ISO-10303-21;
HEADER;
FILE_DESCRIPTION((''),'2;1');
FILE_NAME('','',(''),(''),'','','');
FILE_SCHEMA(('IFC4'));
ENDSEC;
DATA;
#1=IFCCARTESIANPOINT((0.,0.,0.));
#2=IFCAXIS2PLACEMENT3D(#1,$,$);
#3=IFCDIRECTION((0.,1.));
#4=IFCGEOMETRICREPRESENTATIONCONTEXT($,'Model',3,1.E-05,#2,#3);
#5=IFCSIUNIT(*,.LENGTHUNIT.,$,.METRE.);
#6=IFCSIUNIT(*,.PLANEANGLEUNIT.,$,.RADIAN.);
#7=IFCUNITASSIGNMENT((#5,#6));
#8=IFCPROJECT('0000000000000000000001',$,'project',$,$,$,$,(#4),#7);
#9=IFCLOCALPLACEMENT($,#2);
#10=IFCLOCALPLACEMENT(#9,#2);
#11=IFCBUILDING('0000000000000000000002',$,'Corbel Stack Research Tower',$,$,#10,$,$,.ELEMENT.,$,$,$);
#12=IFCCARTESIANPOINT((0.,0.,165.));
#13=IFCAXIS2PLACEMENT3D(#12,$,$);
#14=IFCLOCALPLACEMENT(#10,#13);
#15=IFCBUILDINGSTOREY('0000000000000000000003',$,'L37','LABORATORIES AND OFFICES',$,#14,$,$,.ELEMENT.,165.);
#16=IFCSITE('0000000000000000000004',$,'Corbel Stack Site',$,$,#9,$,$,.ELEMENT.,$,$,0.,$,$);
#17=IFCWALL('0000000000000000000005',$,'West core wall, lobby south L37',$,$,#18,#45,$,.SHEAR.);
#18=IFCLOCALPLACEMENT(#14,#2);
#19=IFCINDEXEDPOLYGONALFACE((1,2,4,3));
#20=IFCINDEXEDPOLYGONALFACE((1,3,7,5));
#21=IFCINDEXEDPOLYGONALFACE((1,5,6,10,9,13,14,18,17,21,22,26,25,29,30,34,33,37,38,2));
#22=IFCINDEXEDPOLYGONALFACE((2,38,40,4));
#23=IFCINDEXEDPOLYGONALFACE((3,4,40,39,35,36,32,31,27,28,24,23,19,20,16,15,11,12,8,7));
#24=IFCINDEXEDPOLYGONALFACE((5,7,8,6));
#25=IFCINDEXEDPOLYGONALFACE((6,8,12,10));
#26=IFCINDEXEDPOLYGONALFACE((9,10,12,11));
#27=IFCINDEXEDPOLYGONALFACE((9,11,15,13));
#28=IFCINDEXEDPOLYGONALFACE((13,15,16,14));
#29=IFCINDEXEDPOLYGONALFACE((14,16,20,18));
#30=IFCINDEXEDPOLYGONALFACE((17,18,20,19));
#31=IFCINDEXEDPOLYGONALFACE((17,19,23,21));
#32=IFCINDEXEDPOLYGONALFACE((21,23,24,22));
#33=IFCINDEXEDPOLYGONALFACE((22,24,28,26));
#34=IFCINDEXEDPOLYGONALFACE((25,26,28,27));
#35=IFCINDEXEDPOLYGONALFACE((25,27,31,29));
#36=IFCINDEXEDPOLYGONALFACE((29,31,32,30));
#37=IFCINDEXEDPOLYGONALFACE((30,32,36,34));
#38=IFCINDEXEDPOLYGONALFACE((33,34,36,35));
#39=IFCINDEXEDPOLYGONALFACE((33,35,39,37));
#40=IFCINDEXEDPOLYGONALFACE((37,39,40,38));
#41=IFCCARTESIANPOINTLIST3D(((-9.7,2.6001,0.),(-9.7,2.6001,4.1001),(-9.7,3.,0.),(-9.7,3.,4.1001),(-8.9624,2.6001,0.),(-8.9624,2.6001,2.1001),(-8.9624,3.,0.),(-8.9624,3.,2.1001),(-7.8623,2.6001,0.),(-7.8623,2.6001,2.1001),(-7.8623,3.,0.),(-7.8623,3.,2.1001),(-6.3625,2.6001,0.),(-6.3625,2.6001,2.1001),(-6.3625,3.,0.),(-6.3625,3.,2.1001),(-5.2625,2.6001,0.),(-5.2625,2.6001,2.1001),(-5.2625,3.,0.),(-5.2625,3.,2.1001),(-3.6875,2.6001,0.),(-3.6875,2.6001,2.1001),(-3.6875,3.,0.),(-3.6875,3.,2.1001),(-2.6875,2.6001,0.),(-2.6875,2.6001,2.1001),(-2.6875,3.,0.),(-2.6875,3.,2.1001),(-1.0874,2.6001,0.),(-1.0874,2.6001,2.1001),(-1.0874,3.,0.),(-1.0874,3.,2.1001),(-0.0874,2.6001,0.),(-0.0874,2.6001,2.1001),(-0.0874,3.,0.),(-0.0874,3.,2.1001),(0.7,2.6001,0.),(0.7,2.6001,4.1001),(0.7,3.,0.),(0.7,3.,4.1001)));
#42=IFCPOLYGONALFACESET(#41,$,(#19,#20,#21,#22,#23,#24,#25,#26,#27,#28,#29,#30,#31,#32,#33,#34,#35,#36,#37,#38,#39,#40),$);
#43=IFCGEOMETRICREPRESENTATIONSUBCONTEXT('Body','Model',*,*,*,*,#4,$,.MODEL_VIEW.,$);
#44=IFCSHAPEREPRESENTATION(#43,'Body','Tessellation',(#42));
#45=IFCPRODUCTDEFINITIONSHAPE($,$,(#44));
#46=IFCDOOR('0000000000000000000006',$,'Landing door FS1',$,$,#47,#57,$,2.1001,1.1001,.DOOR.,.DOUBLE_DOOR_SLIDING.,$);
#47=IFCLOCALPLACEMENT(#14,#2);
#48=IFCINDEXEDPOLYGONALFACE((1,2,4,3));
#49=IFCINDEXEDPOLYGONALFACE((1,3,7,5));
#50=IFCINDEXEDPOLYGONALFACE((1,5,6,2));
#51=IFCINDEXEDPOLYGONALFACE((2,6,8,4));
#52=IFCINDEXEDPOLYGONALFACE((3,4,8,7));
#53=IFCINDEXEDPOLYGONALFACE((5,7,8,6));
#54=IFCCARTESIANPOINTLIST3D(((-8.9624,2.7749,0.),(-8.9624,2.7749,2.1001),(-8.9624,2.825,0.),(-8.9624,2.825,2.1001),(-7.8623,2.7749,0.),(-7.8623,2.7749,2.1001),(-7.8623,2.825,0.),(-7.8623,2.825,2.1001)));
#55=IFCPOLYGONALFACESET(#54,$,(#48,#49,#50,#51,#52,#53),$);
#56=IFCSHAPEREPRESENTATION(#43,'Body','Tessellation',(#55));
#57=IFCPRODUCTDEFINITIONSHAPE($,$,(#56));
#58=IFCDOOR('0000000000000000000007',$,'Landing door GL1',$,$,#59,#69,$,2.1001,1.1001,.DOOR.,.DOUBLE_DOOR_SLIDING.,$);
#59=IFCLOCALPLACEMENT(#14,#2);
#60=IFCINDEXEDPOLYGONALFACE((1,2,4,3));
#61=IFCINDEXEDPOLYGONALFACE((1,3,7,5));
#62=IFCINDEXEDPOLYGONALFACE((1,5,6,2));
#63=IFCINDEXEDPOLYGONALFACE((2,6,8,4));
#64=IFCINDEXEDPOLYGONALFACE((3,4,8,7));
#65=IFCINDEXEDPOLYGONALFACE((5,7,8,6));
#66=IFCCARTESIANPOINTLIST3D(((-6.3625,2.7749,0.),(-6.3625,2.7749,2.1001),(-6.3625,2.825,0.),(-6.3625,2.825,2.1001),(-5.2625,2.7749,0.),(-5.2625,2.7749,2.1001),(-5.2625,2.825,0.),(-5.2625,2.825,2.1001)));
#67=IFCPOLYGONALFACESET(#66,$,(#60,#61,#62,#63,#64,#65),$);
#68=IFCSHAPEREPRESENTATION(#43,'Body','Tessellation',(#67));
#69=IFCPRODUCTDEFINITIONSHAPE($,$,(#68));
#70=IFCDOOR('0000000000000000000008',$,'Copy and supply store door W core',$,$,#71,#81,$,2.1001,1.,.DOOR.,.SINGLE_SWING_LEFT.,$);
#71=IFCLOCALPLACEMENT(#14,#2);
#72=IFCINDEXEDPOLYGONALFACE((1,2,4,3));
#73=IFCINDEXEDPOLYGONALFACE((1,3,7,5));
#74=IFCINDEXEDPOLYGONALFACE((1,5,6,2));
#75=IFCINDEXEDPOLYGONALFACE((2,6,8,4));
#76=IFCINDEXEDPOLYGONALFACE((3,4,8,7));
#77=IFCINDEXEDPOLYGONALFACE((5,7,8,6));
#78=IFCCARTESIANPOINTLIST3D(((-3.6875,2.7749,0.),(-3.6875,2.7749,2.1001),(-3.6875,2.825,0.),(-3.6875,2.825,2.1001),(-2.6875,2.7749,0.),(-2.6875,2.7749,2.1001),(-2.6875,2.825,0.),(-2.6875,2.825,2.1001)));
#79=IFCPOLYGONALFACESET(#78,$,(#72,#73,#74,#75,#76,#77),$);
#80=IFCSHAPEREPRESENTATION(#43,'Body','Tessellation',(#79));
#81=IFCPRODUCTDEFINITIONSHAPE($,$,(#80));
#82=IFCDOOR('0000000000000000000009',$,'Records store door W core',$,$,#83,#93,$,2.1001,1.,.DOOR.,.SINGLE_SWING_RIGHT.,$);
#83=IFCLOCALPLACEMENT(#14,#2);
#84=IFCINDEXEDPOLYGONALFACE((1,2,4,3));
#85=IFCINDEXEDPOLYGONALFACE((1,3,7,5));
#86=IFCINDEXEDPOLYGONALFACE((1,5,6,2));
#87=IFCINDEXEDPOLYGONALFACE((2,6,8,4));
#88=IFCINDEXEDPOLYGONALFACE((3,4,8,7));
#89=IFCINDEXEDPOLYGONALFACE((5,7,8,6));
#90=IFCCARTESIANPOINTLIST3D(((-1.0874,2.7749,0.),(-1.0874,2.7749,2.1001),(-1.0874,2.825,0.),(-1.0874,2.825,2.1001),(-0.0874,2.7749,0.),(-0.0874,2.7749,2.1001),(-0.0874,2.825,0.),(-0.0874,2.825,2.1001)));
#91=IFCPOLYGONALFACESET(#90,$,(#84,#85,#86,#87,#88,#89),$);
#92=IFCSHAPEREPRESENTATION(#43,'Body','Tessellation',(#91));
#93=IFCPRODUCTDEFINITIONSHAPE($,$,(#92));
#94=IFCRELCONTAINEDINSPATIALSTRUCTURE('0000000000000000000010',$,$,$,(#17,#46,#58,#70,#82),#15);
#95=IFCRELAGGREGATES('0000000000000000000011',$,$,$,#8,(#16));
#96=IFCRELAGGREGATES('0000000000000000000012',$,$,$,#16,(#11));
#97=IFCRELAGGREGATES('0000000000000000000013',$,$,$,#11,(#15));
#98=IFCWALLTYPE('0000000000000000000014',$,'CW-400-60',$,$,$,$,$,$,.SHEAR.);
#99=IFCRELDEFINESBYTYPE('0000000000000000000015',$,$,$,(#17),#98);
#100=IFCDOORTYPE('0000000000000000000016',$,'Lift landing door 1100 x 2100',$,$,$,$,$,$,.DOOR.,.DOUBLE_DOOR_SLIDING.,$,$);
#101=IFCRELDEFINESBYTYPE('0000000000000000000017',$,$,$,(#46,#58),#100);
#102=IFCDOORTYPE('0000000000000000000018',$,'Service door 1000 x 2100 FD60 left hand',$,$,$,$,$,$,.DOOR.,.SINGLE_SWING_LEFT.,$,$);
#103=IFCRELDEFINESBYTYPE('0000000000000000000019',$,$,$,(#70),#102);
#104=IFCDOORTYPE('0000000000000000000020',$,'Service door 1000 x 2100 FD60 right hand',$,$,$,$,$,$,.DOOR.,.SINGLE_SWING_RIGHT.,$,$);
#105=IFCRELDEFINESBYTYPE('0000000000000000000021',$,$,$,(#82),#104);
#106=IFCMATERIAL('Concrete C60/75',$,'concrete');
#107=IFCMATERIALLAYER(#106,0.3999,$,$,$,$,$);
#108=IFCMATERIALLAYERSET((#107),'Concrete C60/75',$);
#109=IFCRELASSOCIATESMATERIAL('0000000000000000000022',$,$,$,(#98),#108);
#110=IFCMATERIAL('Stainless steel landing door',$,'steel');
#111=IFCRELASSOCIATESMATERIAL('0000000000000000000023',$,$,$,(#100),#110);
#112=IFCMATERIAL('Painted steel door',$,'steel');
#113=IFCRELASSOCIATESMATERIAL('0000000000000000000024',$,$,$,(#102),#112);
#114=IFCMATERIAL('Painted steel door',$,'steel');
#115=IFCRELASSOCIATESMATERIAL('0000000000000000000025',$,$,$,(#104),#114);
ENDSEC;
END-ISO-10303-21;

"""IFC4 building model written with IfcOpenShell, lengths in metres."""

from ifc_helpers import new_model, si_unit, direction, frame, frame_2d, origin, place, context, subcontext, project, spatial, rectangle, extrude, material, layer, layer_set, type_object, element, fill, save


model = new_model("IFC4")

# Units and contexts
model_context = context("Model", 3, precision=1e-05, world=origin(), true_north=direction((0.0, 1.0)))
body_context = subcontext(model_context, "Body", "Model", "MODEL_VIEW")
ifc_project = project(units=[si_unit("LENGTHUNIT", "METRE"), si_unit("PLANEANGLEUNIT", "RADIAN")], contexts=[model_context])

# Site, building, storey
site_placement = place(None, origin())
site = spatial("IfcSite", under=ifc_project, at=site_placement, Name="Corbel Stack Site", CompositionType="ELEMENT", RefElevation=0.0)
building_placement = place(site_placement, origin())
building = spatial("IfcBuilding", under=site, at=building_placement, Name="Corbel Stack Research Tower", CompositionType="ELEMENT")
storey_placement = place(building_placement, frame((0.0, 0.0, 165.0)))
storey = spatial("IfcBuildingStorey", under=building, at=storey_placement, Name="L37", Description="LABORATORIES AND OFFICES", CompositionType="ELEMENT", Elevation=165.0)

# Wall, openings, doors
ifc_material_1 = material(Name="Concrete C60/75", Category="concrete")
ifc_layer_1 = layer(ifc_material_1, 0.3999)
ifc_layer_set_1 = layer_set([ifc_layer_1], Name="Concrete C60/75")
wall_type = type_object("IfcWallType", Name="CW-400-60", PredefinedType="SHEAR", material=ifc_layer_set_1)
wall_1_placement = place(storey_placement, frame((-9.7, 2.8, 0.0), z_axis=(0.0, 0.0, 1.0), x_axis=(1.0, 0.0, 0.0)))
wall_1 = element("IfcWall", 1, at=wall_1_placement, inside=storey, type_object=wall_type, Name="West core wall, lobby south L37", PredefinedType="SHEAR", context=body_context, shape_type="SweptSolid", body=[
    extrude(rectangle(XDim=10.3999, YDim=0.3999, at=frame_2d((5.2, 0.0))), origin(), (0.0, 0.0, 1.0), 4.1001),
])
opening_1_placement = place(wall_1_placement, frame((0.7375, 0.0, 0.0)))
opening_1 = element("IfcOpeningElement", 2, at=opening_1_placement, cuts=wall_1, PredefinedType="OPENING", context=body_context, shape_type="SweptSolid", body=[
    extrude(rectangle(XDim=1.1001, YDim=2.1001, at=frame_2d((0.55, 1.05))), frame((0.0, 0.21, 0.0), z_axis=(0.0, -1.0, 0.0), x_axis=(1.0, 0.0, 0.0)), (0.0, 0.0, 1.0), 0.4199),
])
opening_2_placement = place(wall_1_placement, frame((3.3374, 0.0, 0.0)))
opening_2 = element("IfcOpeningElement", 3, at=opening_2_placement, cuts=wall_1, PredefinedType="OPENING", context=body_context, shape_type="SweptSolid", body=[
    extrude(rectangle(XDim=1.1001, YDim=2.1001, at=frame_2d((0.55, 1.05))), frame((0.0, 0.21, 0.0), z_axis=(0.0, -1.0, 0.0), x_axis=(1.0, 0.0, 0.0)), (0.0, 0.0, 1.0), 0.4199),
])
opening_3_placement = place(wall_1_placement, frame((6.0125, 0.0, 0.0)))
opening_3 = element("IfcOpeningElement", 4, at=opening_3_placement, cuts=wall_1, PredefinedType="OPENING", context=body_context, shape_type="SweptSolid", body=[
    extrude(rectangle(XDim=1.0, YDim=2.1001, at=frame_2d((0.5, 1.05))), frame((0.0, 0.21, 0.0), z_axis=(0.0, -1.0, 0.0), x_axis=(1.0, 0.0, 0.0)), (0.0, 0.0, 1.0), 0.4199),
])
opening_4_placement = place(wall_1_placement, frame((8.6125, 0.0, 0.0)))
opening_4 = element("IfcOpeningElement", 5, at=opening_4_placement, cuts=wall_1, PredefinedType="OPENING", context=body_context, shape_type="SweptSolid", body=[
    extrude(rectangle(XDim=1.0, YDim=2.1001, at=frame_2d((0.5, 1.05))), frame((0.0, 0.21, 0.0), z_axis=(0.0, -1.0, 0.0), x_axis=(1.0, 0.0, 0.0)), (0.0, 0.0, 1.0), 0.4199),
])
ifc_material_2 = material(Name="Stainless steel landing door", Category="steel")
door_type_1 = type_object("IfcDoorType", Name="Lift landing door 1100 x 2100", OperationType="DOUBLE_DOOR_SLIDING", PredefinedType="DOOR", material=ifc_material_2)
door_1_placement = place(opening_1_placement, origin())
door_1 = element("IfcDoor", 6, at=door_1_placement, inside=storey, type_object=door_type_1, Name="Landing door FS1", OperationType="DOUBLE_DOOR_SLIDING", OverallHeight=2.1001, OverallWidth=1.1001, PredefinedType="DOOR", context=body_context, shape_type="SweptSolid", body=[
    extrude(rectangle(XDim=1.1001, YDim=2.1001, at=frame_2d((0.55, 1.05))), frame((0.0, 0.0249, 0.0), z_axis=(0.0, -1.0, 0.0), x_axis=(1.0, 0.0, 0.0)), (0.0, 0.0, 1.0), 0.05),
])
fill(opening_1, door_1)
door_2_placement = place(opening_2_placement, origin())
door_2 = element("IfcDoor", 7, at=door_2_placement, inside=storey, type_object=door_type_1, Name="Landing door GL1", OperationType="DOUBLE_DOOR_SLIDING", OverallHeight=2.1001, OverallWidth=1.1001, PredefinedType="DOOR", context=body_context, shape_type="SweptSolid", body=[
    extrude(rectangle(XDim=1.1001, YDim=2.1001, at=frame_2d((0.55, 1.05))), frame((0.0, 0.0249, 0.0), z_axis=(0.0, -1.0, 0.0), x_axis=(1.0, 0.0, 0.0)), (0.0, 0.0, 1.0), 0.05),
])
fill(opening_2, door_2)
ifc_material_3 = material(Name="Painted steel door", Category="steel")
door_type_2 = type_object("IfcDoorType", Name="Service door 1000 x 2100 FD60 left hand", OperationType="SINGLE_SWING_LEFT", PredefinedType="DOOR", material=ifc_material_3)
door_3_placement = place(opening_3_placement, origin())
door_3 = element("IfcDoor", 8, at=door_3_placement, inside=storey, type_object=door_type_2, Name="Copy and supply store door W core", OperationType="SINGLE_SWING_LEFT", OverallHeight=2.1001, OverallWidth=1.0, PredefinedType="DOOR", context=body_context, shape_type="SweptSolid", body=[
    extrude(rectangle(XDim=1.0, YDim=2.1001, at=frame_2d((0.5, 1.05))), frame((0.0, 0.0249, 0.0), z_axis=(0.0, -1.0, 0.0), x_axis=(1.0, 0.0, 0.0)), (0.0, 0.0, 1.0), 0.05),
])
fill(opening_3, door_3)
ifc_material_4 = material(Name="Painted steel door", Category="steel")
door_type_3 = type_object("IfcDoorType", Name="Service door 1000 x 2100 FD60 right hand", OperationType="SINGLE_SWING_RIGHT", PredefinedType="DOOR", material=ifc_material_4)
door_4_placement = place(opening_4_placement, origin())
door_4 = element("IfcDoor", 9, at=door_4_placement, inside=storey, type_object=door_type_3, Name="Records store door W core", OperationType="SINGLE_SWING_RIGHT", OverallHeight=2.1001, OverallWidth=1.0, PredefinedType="DOOR", context=body_context, shape_type="SweptSolid", body=[
    extrude(rectangle(XDim=1.0, YDim=2.1001, at=frame_2d((0.5, 1.05))), frame((0.0, 0.0249, 0.0), z_axis=(0.0, -1.0, 0.0), x_axis=(1.0, 0.0, 0.0)), (0.0, 0.0, 1.0), 0.05),
])
fill(opening_4, door_4)

save(model, "model.ifc")
